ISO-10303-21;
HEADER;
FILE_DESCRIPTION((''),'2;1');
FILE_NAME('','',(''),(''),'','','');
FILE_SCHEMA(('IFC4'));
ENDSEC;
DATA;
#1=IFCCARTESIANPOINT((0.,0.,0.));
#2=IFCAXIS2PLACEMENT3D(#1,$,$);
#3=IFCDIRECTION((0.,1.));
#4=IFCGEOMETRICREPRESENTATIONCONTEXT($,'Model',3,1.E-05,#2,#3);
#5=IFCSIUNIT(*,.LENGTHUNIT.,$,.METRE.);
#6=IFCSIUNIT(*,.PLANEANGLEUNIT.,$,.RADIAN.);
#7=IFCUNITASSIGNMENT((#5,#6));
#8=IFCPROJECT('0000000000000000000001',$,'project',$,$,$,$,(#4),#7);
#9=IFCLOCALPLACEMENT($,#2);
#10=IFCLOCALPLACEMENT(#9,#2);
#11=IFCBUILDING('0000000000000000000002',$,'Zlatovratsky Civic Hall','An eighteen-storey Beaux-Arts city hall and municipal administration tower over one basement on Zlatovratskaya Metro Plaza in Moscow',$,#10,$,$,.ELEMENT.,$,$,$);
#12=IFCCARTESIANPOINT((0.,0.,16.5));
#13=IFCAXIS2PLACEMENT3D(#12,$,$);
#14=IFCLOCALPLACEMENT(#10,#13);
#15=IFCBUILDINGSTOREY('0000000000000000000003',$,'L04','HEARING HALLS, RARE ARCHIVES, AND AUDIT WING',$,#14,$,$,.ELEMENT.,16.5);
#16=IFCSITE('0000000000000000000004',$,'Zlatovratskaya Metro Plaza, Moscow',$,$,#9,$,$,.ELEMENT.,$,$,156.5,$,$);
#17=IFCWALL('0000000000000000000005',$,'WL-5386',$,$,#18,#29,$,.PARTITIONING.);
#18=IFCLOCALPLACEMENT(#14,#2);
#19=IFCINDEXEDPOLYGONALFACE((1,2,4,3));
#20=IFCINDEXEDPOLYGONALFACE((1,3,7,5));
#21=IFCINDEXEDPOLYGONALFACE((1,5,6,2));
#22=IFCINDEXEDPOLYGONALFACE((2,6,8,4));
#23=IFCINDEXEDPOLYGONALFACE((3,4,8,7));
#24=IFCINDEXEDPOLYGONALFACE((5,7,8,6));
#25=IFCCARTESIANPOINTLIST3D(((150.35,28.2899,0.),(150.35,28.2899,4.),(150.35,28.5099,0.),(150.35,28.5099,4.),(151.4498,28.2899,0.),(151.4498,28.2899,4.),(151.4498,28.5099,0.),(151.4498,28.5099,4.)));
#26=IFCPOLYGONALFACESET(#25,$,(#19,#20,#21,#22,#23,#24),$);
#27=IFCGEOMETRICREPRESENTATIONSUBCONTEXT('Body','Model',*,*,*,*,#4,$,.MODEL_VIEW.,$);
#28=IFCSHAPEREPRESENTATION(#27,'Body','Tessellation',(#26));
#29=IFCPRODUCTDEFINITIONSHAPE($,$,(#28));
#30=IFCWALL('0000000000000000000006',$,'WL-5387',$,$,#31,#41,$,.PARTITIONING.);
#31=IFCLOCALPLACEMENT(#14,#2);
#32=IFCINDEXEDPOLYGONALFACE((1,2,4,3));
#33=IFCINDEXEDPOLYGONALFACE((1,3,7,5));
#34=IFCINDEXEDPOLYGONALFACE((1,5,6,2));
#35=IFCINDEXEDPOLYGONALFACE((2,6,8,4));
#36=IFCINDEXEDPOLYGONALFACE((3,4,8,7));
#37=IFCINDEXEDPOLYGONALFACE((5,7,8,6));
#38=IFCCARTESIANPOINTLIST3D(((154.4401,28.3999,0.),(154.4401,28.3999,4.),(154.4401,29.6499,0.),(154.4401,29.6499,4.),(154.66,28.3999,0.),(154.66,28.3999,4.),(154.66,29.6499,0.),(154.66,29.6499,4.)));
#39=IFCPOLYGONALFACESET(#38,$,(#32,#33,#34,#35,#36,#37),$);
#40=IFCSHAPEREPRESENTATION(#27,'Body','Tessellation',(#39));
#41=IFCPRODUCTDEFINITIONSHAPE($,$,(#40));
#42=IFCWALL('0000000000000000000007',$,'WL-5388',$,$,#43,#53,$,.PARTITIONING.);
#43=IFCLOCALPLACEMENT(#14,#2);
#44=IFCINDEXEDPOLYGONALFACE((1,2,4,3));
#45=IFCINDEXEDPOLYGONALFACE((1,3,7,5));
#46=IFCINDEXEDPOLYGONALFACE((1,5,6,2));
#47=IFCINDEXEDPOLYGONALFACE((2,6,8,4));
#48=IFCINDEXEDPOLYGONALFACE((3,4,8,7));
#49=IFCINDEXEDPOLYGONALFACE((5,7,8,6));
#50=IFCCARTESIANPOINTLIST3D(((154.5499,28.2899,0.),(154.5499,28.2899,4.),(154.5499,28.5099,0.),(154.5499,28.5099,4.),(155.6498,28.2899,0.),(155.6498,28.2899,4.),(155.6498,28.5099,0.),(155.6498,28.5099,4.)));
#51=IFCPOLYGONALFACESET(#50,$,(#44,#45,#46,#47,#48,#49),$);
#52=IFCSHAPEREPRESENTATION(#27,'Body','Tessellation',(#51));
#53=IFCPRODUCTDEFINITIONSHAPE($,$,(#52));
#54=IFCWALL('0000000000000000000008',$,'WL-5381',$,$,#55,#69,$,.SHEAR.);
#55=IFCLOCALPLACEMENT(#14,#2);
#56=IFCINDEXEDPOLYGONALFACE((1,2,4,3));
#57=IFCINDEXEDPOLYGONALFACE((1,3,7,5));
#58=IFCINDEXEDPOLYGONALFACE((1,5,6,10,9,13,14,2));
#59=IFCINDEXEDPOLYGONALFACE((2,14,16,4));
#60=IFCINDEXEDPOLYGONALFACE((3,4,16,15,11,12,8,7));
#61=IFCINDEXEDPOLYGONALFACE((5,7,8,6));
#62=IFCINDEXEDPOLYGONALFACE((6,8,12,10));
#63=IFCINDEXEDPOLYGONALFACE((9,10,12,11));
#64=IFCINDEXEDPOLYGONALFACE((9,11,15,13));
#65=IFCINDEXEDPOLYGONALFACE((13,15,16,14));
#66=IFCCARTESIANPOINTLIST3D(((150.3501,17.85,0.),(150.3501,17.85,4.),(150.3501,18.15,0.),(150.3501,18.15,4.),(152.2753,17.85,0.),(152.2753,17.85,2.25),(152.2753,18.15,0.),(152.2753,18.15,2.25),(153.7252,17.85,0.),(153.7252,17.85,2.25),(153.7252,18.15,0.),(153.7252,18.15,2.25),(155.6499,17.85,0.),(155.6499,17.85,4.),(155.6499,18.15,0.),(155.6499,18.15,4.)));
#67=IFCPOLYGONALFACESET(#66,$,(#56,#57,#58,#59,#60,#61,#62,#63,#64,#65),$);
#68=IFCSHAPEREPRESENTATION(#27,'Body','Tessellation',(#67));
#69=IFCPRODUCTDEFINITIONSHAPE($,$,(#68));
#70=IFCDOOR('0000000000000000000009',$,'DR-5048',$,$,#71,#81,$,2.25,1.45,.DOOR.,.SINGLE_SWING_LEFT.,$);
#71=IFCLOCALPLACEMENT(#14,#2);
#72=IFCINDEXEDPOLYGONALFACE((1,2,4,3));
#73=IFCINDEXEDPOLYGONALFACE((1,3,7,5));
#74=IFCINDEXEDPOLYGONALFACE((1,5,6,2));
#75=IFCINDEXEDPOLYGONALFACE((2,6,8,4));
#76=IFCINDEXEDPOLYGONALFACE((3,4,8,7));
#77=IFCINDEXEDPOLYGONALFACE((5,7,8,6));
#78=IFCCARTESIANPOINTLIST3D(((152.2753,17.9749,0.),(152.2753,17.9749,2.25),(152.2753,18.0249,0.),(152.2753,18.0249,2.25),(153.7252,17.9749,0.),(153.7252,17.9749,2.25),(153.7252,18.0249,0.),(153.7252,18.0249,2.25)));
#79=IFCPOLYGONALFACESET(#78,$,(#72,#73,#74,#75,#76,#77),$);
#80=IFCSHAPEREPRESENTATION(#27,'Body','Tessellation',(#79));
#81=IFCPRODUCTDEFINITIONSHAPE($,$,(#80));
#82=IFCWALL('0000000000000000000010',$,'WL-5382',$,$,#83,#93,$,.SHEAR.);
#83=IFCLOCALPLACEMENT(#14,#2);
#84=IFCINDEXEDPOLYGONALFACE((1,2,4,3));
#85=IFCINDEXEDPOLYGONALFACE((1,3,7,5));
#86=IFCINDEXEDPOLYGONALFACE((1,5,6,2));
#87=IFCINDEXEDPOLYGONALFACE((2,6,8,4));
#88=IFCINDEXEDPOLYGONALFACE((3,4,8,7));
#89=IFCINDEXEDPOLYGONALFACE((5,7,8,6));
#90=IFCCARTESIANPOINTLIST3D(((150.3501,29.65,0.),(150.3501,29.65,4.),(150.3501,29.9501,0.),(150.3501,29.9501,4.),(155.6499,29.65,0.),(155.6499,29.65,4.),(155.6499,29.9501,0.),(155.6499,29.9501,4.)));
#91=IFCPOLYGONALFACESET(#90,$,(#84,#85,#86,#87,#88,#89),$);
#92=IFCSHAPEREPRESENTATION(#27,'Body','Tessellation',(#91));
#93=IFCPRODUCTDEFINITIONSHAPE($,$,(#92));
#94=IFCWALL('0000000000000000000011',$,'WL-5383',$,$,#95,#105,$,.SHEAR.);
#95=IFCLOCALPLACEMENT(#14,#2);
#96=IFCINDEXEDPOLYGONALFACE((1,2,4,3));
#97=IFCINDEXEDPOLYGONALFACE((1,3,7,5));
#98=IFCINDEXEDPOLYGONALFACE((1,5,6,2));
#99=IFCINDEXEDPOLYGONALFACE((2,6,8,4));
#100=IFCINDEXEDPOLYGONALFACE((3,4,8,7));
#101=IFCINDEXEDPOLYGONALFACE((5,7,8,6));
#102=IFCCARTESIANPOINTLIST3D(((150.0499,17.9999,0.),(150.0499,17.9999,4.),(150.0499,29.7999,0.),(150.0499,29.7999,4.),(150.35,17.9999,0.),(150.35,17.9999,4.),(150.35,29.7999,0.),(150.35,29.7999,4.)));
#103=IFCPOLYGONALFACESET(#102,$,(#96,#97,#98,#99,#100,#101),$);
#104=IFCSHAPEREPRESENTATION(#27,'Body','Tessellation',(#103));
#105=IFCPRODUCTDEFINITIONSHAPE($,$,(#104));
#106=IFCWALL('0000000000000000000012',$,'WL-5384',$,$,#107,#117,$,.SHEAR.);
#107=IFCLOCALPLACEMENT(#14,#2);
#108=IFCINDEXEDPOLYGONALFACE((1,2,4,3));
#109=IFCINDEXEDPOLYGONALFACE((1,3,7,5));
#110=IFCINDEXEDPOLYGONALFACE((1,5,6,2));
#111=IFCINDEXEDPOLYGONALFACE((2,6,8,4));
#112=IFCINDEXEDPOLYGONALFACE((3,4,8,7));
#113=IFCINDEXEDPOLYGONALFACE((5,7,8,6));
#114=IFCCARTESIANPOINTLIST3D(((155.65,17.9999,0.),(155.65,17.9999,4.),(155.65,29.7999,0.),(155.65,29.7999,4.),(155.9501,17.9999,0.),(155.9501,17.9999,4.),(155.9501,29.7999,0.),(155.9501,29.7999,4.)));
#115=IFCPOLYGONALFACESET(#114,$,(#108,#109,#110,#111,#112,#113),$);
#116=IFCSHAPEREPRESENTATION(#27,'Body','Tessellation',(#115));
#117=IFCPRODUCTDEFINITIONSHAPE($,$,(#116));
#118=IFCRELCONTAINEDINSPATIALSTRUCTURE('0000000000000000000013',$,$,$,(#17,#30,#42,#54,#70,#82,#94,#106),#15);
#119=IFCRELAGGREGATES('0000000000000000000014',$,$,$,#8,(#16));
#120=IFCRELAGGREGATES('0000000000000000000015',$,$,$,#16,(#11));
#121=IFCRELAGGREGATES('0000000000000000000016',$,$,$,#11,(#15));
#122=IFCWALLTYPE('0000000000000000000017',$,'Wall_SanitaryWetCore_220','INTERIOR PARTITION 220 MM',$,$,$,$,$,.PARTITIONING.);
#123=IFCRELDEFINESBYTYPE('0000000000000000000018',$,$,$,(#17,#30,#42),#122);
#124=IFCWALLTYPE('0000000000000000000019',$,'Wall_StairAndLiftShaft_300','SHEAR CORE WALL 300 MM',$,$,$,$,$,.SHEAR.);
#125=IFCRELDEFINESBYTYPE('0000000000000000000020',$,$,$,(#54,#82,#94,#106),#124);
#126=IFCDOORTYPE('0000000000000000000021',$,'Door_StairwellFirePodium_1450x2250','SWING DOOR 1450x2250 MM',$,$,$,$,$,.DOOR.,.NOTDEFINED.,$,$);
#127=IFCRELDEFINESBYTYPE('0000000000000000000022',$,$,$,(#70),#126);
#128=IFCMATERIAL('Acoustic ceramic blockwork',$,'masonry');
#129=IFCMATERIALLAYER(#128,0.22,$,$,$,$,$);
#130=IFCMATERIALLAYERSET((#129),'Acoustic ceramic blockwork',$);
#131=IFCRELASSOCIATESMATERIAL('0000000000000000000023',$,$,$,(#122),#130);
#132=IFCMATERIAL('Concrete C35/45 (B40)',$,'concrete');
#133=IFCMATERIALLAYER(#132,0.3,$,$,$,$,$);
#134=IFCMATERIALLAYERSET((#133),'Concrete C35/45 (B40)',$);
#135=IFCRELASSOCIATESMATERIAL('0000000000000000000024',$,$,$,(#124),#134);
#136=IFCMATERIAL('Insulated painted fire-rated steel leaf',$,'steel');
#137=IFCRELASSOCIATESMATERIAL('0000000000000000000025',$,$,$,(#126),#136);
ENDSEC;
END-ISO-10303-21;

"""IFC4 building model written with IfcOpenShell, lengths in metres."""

from ifc_helpers import new_model, si_unit, direction, frame, frame_2d, origin, place, context, subcontext, project, spatial, rectangle, extrude, material, layer, layer_set, type_object, element, fill, save


model = new_model("IFC4")

# Units and contexts
model_context = context("Model", 3, precision=1e-05, world=origin(), true_north=direction((0.0, 1.0)))
body_context = subcontext(model_context, "Body", "Model", "MODEL_VIEW")
ifc_project = project(units=[si_unit("LENGTHUNIT", "METRE"), si_unit("PLANEANGLEUNIT", "RADIAN")], contexts=[model_context])

# Site, building, storey
site_placement = place(None, origin())
site = spatial("IfcSite", under=ifc_project, at=site_placement, Name="Zlatovratskaya Metro Plaza, Moscow", CompositionType="ELEMENT", RefElevation=156.5)
building_placement = place(site_placement, origin())
building = spatial("IfcBuilding", under=site, at=building_placement, Name="Zlatovratsky Civic Hall", Description="An eighteen-storey Beaux-Arts city hall and municipal administration tower over one basement on Zlatovratskaya Metro Plaza in Moscow", CompositionType="ELEMENT")
storey_placement = place(building_placement, frame((0.0, 0.0, 16.5)))
storey = spatial("IfcBuildingStorey", under=building, at=storey_placement, Name="L04", Description="HEARING HALLS, RARE ARCHIVES, AND AUDIT WING", CompositionType="ELEMENT", Elevation=16.5)

# Shared definitions
ifc_material_1 = material(Name="Concrete C35/45 (B40)", Category="concrete")

# Shared definitions
ifc_material_2 = material(Name="Acoustic ceramic blockwork", Category="masonry")

# Walls
ifc_layer_1 = layer(ifc_material_2, 0.22)
ifc_layer_set_1 = layer_set([ifc_layer_1], Name="Acoustic ceramic blockwork")
wall_type_1 = type_object("IfcWallType", Name="Wall_SanitaryWetCore_220", Description="INTERIOR PARTITION 220 MM", PredefinedType="PARTITIONING", material=ifc_layer_set_1)
wall_1_placement = place(storey_placement, frame((150.3501, 28.3999, 0.0), z_axis=(0.0, 0.0, 1.0), x_axis=(1.0, 0.0, 0.0)))
element("IfcWall", 1, at=wall_1_placement, inside=storey, type_object=wall_type_1, Name="WL-5386", PredefinedType="PARTITIONING", context=body_context, shape_type="SweptSolid", body=[
    extrude(rectangle(XDim=1.0999, YDim=0.22, at=frame_2d((0.5498, 0.0))), origin(), (0.0, 0.0, 1.0), 4.0),
])
wall_2_placement = place(storey_placement, frame((154.55, 28.3999, 0.0), z_axis=(0.0, 0.0, 1.0), x_axis=(0.0, 1.0, 0.0)))
element("IfcWall", 2, at=wall_2_placement, inside=storey, type_object=wall_type_1, Name="WL-5387", PredefinedType="PARTITIONING", context=body_context, shape_type="SweptSolid", body=[
    extrude(rectangle(XDim=1.25, YDim=0.22, at=frame_2d((0.625, 0.0))), origin(), (0.0, 0.0, 1.0), 4.0),
])
wall_3_placement = place(storey_placement, frame((154.55, 28.3999, 0.0), z_axis=(0.0, 0.0, 1.0), x_axis=(1.0, 0.0, 0.0)))
element("IfcWall", 3, at=wall_3_placement, inside=storey, type_object=wall_type_1, Name="WL-5388", PredefinedType="PARTITIONING", context=body_context, shape_type="SweptSolid", body=[
    extrude(rectangle(XDim=1.0999, YDim=0.22, at=frame_2d((0.5498, 0.0))), origin(), (0.0, 0.0, 1.0), 4.0),
])

# Wall, opening, door
ifc_layer_2 = layer(ifc_material_1, 0.3)
ifc_layer_set_2 = layer_set([ifc_layer_2], Name="Concrete C35/45 (B40)")
wall_type_2 = type_object("IfcWallType", Name="Wall_StairAndLiftShaft_300", Description="SHEAR CORE WALL 300 MM", PredefinedType="SHEAR", material=ifc_layer_set_2)
wall_4_placement = place(storey_placement, frame((150.3501, 18.0, 0.0), z_axis=(0.0, 0.0, 1.0), x_axis=(1.0, 0.0, 0.0)))
wall_4 = element("IfcWall", 4, at=wall_4_placement, inside=storey, type_object=wall_type_2, Name="WL-5381", PredefinedType="SHEAR", context=body_context, shape_type="SweptSolid", body=[
    extrude(rectangle(XDim=5.2998, YDim=0.3, at=frame_2d((2.6499, 0.0))), origin(), (0.0, 0.0, 1.0), 4.0),
])
opening_1_placement = place(wall_4_placement, frame((1.925, 0.0, 0.0)))
opening_1 = element("IfcOpeningElement", 5, at=opening_1_placement, cuts=wall_4, PredefinedType="OPENING", context=body_context, shape_type="SweptSolid", body=[
    extrude(rectangle(XDim=1.45, YDim=2.25, at=frame_2d((0.7251, 1.125))), frame((0.0, 0.165, 0.0), z_axis=(0.0, -1.0, 0.0), x_axis=(1.0, 0.0, 0.0)), (0.0, 0.0, 1.0), 0.3298),
])
ifc_material_3 = material(Name="Insulated painted fire-rated steel leaf", Category="steel")
door_type = type_object("IfcDoorType", Name="Door_StairwellFirePodium_1450x2250", Description="SWING DOOR 1450x2250 MM", OperationType="NOTDEFINED", PredefinedType="DOOR", material=ifc_material_3)
door_placement = place(opening_1_placement, origin())
door = element("IfcDoor", 6, at=door_placement, inside=storey, type_object=door_type, Name="DR-5048", OperationType="SINGLE_SWING_LEFT", OverallHeight=2.25, OverallWidth=1.45, PredefinedType="DOOR", context=body_context, shape_type="SweptSolid", body=[
    extrude(rectangle(XDim=1.45, YDim=2.25, at=frame_2d((0.7251, 1.125))), frame((0.0, 0.0249, 0.0), z_axis=(0.0, -1.0, 0.0), x_axis=(1.0, 0.0, 0.0)), (0.0, 0.0, 1.0), 0.05),
])
fill(opening_1, door)

# Walls
wall_5_placement = place(storey_placement, frame((150.3501, 29.8, 0.0), z_axis=(0.0, 0.0, 1.0), x_axis=(1.0, 0.0, 0.0)))
element("IfcWall", 7, at=wall_5_placement, inside=storey, type_object=wall_type_2, Name="WL-5382", PredefinedType="SHEAR", context=body_context, shape_type="SweptSolid", body=[
    extrude(rectangle(XDim=5.2998, YDim=0.3, at=frame_2d((2.6499, 0.0))), origin(), (0.0, 0.0, 1.0), 4.0),
])
for number, where, z_axis, x_axis, name in (
    (8, (150.2, 18.0, 0.0), (0.0, 0.0, 1.0), (0.0, 1.0, 0.0), "WL-5383"),
    (9, (155.8, 18.0, 0.0), (0.0, 0.0, 1.0), (0.0, 1.0, 0.0), "WL-5384"),
):
    element("IfcWall", number, at=place(storey_placement, frame(where, z_axis=z_axis, x_axis=x_axis)), inside=storey, type_object=wall_type_2, Name=name, PredefinedType="SHEAR", context=body_context, shape_type="SweptSolid", body=[
        extrude(rectangle(XDim=11.8, YDim=0.3, at=frame_2d((5.8999, 0.0))), origin(), (0.0, 0.0, 1.0), 4.0),
    ])

save(model, "model.ifc")
